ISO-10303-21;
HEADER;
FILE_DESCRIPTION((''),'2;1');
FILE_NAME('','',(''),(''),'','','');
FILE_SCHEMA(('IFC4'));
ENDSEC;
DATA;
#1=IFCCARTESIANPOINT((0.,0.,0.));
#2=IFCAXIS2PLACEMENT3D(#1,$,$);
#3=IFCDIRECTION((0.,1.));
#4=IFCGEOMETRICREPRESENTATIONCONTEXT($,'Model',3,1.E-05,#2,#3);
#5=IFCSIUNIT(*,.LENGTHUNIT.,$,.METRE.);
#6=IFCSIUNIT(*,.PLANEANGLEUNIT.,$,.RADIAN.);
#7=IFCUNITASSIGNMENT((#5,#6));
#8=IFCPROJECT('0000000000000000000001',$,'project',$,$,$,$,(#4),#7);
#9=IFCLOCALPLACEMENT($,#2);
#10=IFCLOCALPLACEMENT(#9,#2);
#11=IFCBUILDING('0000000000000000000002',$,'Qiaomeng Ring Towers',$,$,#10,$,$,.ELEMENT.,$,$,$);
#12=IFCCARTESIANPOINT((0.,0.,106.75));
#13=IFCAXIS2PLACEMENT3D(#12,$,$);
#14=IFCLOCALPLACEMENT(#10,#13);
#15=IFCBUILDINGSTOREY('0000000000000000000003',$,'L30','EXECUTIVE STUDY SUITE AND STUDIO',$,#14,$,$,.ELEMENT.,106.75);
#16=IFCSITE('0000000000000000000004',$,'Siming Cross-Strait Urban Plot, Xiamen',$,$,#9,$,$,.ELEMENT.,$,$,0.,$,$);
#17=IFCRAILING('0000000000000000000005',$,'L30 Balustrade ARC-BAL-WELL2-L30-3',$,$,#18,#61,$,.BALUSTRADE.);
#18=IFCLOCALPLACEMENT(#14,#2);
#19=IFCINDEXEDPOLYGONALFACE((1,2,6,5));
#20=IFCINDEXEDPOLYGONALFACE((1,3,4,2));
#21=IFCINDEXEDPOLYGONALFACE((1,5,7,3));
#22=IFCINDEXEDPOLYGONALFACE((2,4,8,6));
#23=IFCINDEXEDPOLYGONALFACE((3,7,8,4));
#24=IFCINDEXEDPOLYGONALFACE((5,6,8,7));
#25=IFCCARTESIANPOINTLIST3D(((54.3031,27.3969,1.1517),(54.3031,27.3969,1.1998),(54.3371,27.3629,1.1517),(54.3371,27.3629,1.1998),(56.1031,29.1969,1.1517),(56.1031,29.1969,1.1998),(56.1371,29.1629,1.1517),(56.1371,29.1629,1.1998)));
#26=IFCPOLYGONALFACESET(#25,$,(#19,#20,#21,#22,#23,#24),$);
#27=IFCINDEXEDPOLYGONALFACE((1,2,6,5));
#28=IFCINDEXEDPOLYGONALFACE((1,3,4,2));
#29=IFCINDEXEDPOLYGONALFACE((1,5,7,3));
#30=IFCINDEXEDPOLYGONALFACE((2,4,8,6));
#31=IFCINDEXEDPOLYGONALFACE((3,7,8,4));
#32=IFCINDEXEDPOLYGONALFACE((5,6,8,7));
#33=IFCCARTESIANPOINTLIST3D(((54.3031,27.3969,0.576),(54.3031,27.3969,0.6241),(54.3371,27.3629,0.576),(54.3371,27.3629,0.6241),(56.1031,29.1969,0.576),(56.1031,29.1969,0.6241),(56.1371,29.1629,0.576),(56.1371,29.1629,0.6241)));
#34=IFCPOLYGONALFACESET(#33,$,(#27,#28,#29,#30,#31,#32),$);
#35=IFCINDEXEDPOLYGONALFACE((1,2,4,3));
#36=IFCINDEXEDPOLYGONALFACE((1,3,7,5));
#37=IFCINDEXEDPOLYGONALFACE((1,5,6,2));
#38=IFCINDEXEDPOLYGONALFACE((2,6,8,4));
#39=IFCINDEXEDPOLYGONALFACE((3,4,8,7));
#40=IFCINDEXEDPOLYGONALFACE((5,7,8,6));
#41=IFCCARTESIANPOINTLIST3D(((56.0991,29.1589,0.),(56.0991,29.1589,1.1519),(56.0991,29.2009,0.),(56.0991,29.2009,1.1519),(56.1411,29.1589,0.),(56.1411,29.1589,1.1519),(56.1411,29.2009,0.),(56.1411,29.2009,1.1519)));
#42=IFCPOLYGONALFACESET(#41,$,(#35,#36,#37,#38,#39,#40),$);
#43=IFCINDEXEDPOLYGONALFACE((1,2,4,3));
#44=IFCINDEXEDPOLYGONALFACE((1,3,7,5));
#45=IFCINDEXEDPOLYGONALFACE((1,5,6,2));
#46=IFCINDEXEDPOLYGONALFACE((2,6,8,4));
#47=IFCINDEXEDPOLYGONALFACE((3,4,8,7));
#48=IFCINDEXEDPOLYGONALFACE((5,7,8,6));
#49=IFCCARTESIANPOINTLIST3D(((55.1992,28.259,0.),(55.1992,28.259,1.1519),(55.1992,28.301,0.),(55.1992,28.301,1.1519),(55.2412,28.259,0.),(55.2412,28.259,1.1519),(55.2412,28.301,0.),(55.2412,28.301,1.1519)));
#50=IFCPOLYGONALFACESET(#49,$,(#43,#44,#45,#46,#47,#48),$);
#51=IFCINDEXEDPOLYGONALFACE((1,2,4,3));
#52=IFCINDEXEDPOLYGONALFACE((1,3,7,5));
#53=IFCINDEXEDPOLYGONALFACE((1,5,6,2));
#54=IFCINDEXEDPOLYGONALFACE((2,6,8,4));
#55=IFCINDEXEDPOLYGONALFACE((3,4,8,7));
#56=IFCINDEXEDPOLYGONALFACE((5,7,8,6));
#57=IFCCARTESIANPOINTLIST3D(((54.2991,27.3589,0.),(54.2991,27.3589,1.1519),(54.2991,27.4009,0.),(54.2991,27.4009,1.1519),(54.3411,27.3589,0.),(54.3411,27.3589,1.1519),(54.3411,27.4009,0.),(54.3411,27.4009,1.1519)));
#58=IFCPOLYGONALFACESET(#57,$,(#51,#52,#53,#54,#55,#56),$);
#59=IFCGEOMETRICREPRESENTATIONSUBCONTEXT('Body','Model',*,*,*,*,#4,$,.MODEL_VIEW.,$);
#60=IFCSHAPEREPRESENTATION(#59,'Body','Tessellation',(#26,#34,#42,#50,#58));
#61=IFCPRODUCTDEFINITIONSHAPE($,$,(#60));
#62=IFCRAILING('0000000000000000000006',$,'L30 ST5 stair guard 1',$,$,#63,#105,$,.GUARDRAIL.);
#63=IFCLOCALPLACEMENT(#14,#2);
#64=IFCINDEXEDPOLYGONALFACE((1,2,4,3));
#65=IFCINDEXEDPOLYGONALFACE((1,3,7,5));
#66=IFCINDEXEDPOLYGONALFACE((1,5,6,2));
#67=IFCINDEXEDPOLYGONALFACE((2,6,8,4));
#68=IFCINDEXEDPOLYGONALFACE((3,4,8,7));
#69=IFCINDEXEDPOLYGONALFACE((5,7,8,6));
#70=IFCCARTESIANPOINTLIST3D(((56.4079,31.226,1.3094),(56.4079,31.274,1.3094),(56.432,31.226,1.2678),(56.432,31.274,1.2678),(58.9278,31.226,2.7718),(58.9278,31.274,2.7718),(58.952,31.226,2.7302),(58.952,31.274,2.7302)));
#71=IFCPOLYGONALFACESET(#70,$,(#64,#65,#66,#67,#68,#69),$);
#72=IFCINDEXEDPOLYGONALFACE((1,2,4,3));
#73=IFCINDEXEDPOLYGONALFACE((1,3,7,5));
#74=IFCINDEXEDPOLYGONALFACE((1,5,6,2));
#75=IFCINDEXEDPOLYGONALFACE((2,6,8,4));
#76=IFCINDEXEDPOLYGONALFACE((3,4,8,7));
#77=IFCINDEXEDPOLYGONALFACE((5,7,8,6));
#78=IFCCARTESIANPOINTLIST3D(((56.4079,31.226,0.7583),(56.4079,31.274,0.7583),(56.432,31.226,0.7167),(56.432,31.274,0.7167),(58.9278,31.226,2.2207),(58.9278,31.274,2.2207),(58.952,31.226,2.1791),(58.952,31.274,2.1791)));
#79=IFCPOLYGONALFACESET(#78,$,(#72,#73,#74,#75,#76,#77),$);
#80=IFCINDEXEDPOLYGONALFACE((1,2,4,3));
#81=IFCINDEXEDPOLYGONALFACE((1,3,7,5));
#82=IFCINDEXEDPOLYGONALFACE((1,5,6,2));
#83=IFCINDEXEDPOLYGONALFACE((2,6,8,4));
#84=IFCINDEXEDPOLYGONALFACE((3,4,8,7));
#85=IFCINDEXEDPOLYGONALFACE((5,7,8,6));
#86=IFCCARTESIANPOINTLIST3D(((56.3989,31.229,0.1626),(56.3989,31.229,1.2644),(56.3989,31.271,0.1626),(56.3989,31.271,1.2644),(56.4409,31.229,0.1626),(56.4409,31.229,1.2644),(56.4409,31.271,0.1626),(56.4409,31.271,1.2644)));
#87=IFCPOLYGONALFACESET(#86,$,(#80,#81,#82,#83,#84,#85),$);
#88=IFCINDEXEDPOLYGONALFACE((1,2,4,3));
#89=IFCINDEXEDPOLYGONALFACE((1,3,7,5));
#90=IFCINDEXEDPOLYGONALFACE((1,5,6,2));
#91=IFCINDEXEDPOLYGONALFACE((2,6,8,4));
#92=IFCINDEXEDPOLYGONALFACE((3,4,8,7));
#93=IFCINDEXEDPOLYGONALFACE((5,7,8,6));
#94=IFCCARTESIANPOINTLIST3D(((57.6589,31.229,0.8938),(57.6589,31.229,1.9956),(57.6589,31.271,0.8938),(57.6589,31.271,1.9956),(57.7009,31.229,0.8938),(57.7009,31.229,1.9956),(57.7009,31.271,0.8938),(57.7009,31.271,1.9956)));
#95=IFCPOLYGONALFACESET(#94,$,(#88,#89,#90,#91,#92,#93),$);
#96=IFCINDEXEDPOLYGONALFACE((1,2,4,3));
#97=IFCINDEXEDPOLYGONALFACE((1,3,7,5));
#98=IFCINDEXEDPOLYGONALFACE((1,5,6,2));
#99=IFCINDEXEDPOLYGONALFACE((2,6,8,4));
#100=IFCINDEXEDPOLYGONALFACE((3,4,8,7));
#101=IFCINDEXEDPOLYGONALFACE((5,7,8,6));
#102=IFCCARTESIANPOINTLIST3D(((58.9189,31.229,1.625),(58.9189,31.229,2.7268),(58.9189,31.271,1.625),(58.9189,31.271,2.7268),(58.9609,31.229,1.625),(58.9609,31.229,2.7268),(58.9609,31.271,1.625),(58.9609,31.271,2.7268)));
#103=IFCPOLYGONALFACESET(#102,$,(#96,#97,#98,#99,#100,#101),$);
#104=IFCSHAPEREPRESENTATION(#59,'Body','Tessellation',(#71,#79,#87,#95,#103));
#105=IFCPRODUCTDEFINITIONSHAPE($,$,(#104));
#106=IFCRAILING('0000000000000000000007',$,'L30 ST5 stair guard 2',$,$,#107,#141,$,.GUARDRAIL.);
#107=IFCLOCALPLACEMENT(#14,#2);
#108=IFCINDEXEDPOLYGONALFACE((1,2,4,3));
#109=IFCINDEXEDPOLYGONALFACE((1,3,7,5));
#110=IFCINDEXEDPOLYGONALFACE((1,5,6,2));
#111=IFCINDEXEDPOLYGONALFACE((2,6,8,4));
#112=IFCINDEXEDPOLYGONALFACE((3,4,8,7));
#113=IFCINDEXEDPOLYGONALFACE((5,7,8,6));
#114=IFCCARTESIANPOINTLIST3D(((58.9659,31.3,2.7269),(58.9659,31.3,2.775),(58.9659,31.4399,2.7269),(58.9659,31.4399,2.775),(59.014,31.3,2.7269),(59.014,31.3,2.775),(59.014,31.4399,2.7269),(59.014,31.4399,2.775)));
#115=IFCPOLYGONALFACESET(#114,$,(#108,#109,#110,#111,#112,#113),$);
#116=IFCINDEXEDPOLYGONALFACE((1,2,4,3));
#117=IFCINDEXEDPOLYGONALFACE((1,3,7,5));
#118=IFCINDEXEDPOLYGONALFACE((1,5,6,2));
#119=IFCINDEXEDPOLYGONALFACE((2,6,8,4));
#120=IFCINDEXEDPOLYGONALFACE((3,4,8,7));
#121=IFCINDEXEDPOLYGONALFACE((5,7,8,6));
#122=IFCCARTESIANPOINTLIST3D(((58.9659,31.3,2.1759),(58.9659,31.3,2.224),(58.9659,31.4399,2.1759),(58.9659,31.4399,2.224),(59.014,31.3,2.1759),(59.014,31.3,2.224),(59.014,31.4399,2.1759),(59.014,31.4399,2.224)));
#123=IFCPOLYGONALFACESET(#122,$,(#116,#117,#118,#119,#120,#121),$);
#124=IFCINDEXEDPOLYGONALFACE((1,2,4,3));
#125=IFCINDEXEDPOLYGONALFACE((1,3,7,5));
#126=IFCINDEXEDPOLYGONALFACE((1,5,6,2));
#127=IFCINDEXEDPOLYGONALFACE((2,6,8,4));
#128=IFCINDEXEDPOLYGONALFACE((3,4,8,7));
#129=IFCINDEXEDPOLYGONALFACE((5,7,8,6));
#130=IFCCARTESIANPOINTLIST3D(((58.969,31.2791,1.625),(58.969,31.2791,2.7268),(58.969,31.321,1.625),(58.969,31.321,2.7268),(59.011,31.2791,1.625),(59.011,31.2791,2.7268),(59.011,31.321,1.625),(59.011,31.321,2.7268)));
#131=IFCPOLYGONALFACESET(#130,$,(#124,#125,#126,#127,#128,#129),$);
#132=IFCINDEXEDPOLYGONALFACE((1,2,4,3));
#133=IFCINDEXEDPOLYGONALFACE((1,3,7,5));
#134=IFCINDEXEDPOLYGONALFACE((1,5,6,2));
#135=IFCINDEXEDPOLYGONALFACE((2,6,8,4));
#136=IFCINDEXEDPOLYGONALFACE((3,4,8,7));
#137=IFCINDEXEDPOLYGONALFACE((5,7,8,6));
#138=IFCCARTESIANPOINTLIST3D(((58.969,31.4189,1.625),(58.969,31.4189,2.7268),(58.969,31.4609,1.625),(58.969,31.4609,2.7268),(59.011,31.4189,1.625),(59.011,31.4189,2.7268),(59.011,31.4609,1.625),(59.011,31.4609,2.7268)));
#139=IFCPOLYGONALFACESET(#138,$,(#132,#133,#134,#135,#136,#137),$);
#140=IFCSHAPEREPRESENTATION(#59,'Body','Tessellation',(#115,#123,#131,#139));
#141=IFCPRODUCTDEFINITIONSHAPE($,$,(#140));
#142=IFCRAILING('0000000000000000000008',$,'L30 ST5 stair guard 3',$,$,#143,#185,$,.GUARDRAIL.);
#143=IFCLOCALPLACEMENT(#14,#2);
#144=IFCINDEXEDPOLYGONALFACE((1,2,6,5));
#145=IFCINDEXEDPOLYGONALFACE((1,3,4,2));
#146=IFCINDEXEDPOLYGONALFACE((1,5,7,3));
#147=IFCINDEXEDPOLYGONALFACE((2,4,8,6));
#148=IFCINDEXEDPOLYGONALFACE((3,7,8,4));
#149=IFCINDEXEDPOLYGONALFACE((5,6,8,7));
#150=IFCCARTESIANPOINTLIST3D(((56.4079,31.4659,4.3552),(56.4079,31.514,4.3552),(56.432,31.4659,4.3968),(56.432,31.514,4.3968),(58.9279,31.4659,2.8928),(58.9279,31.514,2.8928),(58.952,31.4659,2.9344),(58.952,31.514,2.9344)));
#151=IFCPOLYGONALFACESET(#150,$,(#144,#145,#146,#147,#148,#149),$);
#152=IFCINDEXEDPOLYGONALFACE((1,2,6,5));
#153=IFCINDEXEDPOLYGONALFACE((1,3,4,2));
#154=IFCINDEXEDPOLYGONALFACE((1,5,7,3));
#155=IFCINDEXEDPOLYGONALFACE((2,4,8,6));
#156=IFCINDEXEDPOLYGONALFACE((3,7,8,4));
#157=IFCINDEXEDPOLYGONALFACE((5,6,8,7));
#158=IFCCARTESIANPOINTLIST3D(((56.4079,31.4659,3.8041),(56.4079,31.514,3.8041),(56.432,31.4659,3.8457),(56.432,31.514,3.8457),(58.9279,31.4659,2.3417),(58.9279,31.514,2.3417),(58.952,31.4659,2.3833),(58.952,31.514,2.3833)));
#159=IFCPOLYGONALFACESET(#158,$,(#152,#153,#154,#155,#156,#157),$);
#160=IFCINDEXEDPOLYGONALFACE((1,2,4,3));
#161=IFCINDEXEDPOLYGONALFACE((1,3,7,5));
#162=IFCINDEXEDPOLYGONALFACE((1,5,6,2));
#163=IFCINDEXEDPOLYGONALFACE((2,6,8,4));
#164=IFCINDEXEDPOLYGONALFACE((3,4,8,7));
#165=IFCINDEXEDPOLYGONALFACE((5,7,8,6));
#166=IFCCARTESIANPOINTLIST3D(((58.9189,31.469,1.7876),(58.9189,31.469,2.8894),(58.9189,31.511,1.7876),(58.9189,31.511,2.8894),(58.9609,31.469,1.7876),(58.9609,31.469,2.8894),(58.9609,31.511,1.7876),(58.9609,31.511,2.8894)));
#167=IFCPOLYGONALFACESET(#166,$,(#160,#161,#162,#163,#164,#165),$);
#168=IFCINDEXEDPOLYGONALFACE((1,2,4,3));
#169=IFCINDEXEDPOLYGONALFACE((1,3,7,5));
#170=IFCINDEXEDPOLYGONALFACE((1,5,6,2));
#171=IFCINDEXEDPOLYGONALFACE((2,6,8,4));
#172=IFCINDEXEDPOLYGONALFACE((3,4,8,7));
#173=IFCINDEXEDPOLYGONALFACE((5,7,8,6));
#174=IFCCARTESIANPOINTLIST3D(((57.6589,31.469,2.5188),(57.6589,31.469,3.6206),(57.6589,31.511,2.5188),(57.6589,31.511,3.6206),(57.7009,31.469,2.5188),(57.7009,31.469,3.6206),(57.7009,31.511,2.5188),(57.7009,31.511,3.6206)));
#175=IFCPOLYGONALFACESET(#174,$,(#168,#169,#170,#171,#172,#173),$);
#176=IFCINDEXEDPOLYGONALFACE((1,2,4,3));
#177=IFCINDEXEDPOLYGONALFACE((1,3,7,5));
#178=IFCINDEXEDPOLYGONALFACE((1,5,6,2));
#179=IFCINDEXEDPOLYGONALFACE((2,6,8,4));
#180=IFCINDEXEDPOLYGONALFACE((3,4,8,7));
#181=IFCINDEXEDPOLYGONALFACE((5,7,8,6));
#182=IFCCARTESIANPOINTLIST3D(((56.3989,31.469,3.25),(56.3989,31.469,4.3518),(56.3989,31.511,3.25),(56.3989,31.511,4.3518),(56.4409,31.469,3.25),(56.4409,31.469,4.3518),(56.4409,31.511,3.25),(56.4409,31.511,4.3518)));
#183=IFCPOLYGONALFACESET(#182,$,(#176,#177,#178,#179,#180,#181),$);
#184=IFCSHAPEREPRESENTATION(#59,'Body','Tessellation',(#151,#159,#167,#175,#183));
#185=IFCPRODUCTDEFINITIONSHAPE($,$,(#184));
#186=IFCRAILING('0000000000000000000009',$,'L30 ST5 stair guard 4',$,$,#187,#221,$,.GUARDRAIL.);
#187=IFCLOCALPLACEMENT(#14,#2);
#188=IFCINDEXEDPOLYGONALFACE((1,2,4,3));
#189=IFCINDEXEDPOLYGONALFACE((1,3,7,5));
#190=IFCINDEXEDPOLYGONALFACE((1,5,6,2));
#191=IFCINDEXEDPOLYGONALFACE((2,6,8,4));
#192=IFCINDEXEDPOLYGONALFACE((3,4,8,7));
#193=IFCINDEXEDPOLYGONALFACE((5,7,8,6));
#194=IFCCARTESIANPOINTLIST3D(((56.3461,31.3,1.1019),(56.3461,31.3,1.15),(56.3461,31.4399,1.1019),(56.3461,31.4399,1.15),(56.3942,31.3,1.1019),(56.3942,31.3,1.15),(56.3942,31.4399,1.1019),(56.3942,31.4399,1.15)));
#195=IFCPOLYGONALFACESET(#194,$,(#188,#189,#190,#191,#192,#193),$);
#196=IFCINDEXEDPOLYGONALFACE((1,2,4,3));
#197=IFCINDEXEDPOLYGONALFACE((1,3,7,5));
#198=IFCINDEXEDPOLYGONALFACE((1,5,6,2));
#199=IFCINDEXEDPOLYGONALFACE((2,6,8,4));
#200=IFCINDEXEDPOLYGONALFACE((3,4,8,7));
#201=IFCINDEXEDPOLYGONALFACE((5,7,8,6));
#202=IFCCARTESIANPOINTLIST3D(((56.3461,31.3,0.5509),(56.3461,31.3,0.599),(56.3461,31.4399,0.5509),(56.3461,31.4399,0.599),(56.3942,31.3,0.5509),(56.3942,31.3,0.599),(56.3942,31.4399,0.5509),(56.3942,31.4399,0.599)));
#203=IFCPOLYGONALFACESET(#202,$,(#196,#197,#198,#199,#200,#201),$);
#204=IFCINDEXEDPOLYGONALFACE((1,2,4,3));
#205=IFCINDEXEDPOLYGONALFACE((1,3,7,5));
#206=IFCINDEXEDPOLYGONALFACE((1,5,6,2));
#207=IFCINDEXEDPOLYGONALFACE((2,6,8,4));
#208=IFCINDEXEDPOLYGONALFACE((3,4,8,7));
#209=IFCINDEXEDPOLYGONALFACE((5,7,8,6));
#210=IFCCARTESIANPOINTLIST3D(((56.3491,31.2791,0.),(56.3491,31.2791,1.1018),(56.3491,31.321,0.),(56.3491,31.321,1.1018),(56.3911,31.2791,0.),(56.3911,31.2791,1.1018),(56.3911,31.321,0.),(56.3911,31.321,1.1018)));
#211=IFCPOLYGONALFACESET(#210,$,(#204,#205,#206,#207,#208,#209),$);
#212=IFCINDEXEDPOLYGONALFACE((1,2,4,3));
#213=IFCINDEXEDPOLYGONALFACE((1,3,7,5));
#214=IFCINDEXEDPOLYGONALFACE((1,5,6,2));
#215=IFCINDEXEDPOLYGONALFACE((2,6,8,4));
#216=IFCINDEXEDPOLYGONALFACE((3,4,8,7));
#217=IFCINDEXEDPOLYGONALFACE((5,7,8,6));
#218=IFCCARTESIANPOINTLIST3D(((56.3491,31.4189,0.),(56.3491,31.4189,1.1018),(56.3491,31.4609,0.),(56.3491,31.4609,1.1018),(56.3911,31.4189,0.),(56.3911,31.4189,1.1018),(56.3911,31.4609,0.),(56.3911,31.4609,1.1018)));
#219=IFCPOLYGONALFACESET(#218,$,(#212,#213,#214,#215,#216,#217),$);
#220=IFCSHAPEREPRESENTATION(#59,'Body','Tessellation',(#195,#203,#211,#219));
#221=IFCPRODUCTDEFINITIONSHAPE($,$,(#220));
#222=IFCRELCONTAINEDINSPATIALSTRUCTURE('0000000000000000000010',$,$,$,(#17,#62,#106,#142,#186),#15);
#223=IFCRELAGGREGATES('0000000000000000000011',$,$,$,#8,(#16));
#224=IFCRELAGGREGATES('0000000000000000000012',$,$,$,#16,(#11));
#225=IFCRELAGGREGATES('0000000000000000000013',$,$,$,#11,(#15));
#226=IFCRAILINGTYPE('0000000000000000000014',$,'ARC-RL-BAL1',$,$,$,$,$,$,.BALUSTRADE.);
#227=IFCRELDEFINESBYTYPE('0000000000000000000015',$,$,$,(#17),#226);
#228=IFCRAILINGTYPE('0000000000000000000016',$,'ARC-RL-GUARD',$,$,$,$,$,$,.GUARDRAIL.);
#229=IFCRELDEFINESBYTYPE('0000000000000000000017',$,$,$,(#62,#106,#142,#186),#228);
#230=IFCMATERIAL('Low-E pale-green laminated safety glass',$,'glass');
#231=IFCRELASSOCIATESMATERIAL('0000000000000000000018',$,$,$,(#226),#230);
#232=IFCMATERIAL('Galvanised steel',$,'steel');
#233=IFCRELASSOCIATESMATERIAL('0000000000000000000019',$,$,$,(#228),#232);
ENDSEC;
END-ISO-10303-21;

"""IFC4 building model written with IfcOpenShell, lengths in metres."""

from ifc_helpers import new_model, si_unit, direction, frame, origin, origin_2d, place, context, subcontext, project, spatial, rectangle, extrude, material, type_object, element, save


model = new_model("IFC4")

# Units and contexts
model_context = context("Model", 3, precision=1e-05, world=origin(), true_north=direction((0.0, 1.0)))
body_context = subcontext(model_context, "Body", "Model", "MODEL_VIEW")
ifc_project = project(units=[si_unit("LENGTHUNIT", "METRE"), si_unit("PLANEANGLEUNIT", "RADIAN")], contexts=[model_context])

# Site, building, storey
site_placement = place(None, origin())
site = spatial("IfcSite", under=ifc_project, at=site_placement, Name="Siming Cross-Strait Urban Plot, Xiamen", CompositionType="ELEMENT", RefElevation=0.0)
building_placement = place(site_placement, origin())
building = spatial("IfcBuilding", under=site, at=building_placement, Name="Qiaomeng Ring Towers", CompositionType="ELEMENT")
storey_placement = place(building_placement, frame((0.0, 0.0, 106.75)))
storey = spatial("IfcBuildingStorey", under=building, at=storey_placement, Name="L30", Description="EXECUTIVE STUDY SUITE AND STUDIO", CompositionType="ELEMENT", Elevation=106.75)

# Shared definitions
ifc_material_1 = material(Name="Galvanised steel", Category="steel")

# Railings
ifc_material_2 = material(Name="Low-E pale-green laminated safety glass", Category="glass")
railing_type_1 = type_object("IfcRailingType", Name="ARC-RL-BAL1", PredefinedType="BALUSTRADE", material=ifc_material_2)
railing_1_placement = place(storey_placement, frame((56.1201, 29.1799, 0.0)))
element("IfcRailing", 1, at=railing_1_placement, inside=storey, type_object=railing_type_1, Name="L30 Balustrade ARC-BAL-WELL2-L30-3", PredefinedType="BALUSTRADE", context=body_context, shape_type="SweptSolid", body=[
    extrude(rectangle(XDim=0.0481, YDim=0.0481, at=origin_2d()), frame((0.0, 0.0, 1.1758), z_axis=(-0.707107, -0.707107, 0.0), x_axis=(0.707107, -0.707107, 0.0)), (0.0, 0.0, 1.0), 2.5457),
    extrude(rectangle(XDim=0.0481, YDim=0.0481, at=origin_2d()), frame((0.0, 0.0, 0.6001), z_axis=(-0.707107, -0.707107, 0.0), x_axis=(0.707107, -0.707107, 0.0)), (0.0, 0.0, 1.0), 2.5457),
    extrude(rectangle(XDim=0.042, YDim=0.042, at=origin_2d()), origin(), (0.0, 0.0, 1.0), 1.1519),
    extrude(rectangle(XDim=0.042, YDim=0.042, at=origin_2d()), frame((-0.8999, -0.8999, 0.0)), (0.0, 0.0, 1.0), 1.1519),
    extrude(rectangle(XDim=0.042, YDim=0.042, at=origin_2d()), frame((-1.8, -1.8, 0.0)), (0.0, 0.0, 1.0), 1.1519),
])
railing_type_2 = type_object("IfcRailingType", Name="ARC-RL-GUARD", PredefinedType="GUARDRAIL", material=ifc_material_1)
railing_2_placement = place(storey_placement, frame((56.4199, 31.25, 0.1626)))
element("IfcRailing", 2, at=railing_2_placement, inside=storey, type_object=railing_type_2, Name="L30 ST5 stair guard 1", PredefinedType="GUARDRAIL", context=body_context, shape_type="SweptSolid", body=[
    extrude(rectangle(XDim=0.0481, YDim=0.0481, at=origin_2d()), frame((0.0, 0.0, 1.126), z_axis=(0.864913, 0.0, 0.501921), x_axis=(0.0, 1.0, 0.0)), (0.0, 0.0, 1.0), 2.9136),
    extrude(rectangle(XDim=0.0481, YDim=0.0481, at=origin_2d()), frame((0.0, 0.0, 0.575), z_axis=(0.864913, 0.0, 0.501921), x_axis=(0.0, 1.0, 0.0)), (0.0, 0.0, 1.0), 2.9136),
    extrude(rectangle(XDim=0.042, YDim=0.042, at=origin_2d()), origin(), (0.0, 0.0, 1.0), 1.1018),
    extrude(rectangle(XDim=0.042, YDim=0.042, at=origin_2d()), frame((1.26, 0.0, 0.7312)), (0.0, 0.0, 1.0), 1.1018),
    extrude(rectangle(XDim=0.042, YDim=0.042, at=origin_2d()), frame((2.52, 0.0, 1.4624)), (0.0, 0.0, 1.0), 1.1018),
])
railing_3_placement = place(storey_placement, frame((58.99, 31.3, 1.625)))
element("IfcRailing", 3, at=railing_3_placement, inside=storey, type_object=railing_type_2, Name="L30 ST5 stair guard 2", PredefinedType="GUARDRAIL", context=body_context, shape_type="SweptSolid", body=[
    extrude(rectangle(XDim=0.0481, YDim=0.0481, at=origin_2d()), frame((0.0, 0.0, 1.126), z_axis=(0.0, 1.0, 0.0), x_axis=(-1.0, 0.0, 0.0)), (0.0, 0.0, 1.0), 0.1399),
    extrude(rectangle(XDim=0.0481, YDim=0.0481, at=origin_2d()), frame((0.0, 0.0, 0.575), z_axis=(0.0, 1.0, 0.0), x_axis=(-1.0, 0.0, 0.0)), (0.0, 0.0, 1.0), 0.1399),
    extrude(rectangle(XDim=0.042, YDim=0.042, at=origin_2d()), origin(), (0.0, 0.0, 1.0), 1.1018),
    extrude(rectangle(XDim=0.042, YDim=0.042, at=origin_2d()), frame((0.0, 0.1399, 0.0)), (0.0, 0.0, 1.0), 1.1018),
])
railing_4_placement = place(storey_placement, frame((58.9399, 31.49, 1.7876)))
element("IfcRailing", 4, at=railing_4_placement, inside=storey, type_object=railing_type_2, Name="L30 ST5 stair guard 3", PredefinedType="GUARDRAIL", context=body_context, shape_type="SweptSolid", body=[
    extrude(rectangle(XDim=0.0481, YDim=0.0481, at=origin_2d()), frame((0.0, 0.0, 1.126), z_axis=(-0.864913, 0.0, 0.501921), x_axis=(0.0, -1.0, 0.0)), (0.0, 0.0, 1.0), 2.9136),
    extrude(rectangle(XDim=0.0481, YDim=0.0481, at=origin_2d()), frame((0.0, 0.0, 0.575), z_axis=(-0.864913, 0.0, 0.501921), x_axis=(0.0, -1.0, 0.0)), (0.0, 0.0, 1.0), 2.9136),
    extrude(rectangle(XDim=0.042, YDim=0.042, at=origin_2d()), origin(), (0.0, 0.0, 1.0), 1.1018),
    extrude(rectangle(XDim=0.042, YDim=0.042, at=origin_2d()), frame((-1.26, 0.0, 0.7312)), (0.0, 0.0, 1.0), 1.1018),
    extrude(rectangle(XDim=0.042, YDim=0.042, at=origin_2d()), frame((-2.52, 0.0, 1.4624)), (0.0, 0.0, 1.0), 1.1018),
])
railing_5_placement = place(storey_placement, frame((56.3701, 31.3, 0.0)))
element("IfcRailing", 5, at=railing_5_placement, inside=storey, type_object=railing_type_2, Name="L30 ST5 stair guard 4", PredefinedType="GUARDRAIL", context=body_context, shape_type="SweptSolid", body=[
    extrude(rectangle(XDim=0.0481, YDim=0.0481, at=origin_2d()), frame((0.0, 0.0, 1.126), z_axis=(0.0, 1.0, 0.0), x_axis=(-1.0, 0.0, 0.0)), (0.0, 0.0, 1.0), 0.1399),
    extrude(rectangle(XDim=0.0481, YDim=0.0481, at=origin_2d()), frame((0.0, 0.0, 0.575), z_axis=(0.0, 1.0, 0.0), x_axis=(-1.0, 0.0, 0.0)), (0.0, 0.0, 1.0), 0.1399),
    extrude(rectangle(XDim=0.042, YDim=0.042, at=origin_2d()), origin(), (0.0, 0.0, 1.0), 1.1018),
    extrude(rectangle(XDim=0.042, YDim=0.042, at=origin_2d()), frame((0.0, 0.1399, 0.0)), (0.0, 0.0, 1.0), 1.1018),
])

save(model, "model.ifc")
